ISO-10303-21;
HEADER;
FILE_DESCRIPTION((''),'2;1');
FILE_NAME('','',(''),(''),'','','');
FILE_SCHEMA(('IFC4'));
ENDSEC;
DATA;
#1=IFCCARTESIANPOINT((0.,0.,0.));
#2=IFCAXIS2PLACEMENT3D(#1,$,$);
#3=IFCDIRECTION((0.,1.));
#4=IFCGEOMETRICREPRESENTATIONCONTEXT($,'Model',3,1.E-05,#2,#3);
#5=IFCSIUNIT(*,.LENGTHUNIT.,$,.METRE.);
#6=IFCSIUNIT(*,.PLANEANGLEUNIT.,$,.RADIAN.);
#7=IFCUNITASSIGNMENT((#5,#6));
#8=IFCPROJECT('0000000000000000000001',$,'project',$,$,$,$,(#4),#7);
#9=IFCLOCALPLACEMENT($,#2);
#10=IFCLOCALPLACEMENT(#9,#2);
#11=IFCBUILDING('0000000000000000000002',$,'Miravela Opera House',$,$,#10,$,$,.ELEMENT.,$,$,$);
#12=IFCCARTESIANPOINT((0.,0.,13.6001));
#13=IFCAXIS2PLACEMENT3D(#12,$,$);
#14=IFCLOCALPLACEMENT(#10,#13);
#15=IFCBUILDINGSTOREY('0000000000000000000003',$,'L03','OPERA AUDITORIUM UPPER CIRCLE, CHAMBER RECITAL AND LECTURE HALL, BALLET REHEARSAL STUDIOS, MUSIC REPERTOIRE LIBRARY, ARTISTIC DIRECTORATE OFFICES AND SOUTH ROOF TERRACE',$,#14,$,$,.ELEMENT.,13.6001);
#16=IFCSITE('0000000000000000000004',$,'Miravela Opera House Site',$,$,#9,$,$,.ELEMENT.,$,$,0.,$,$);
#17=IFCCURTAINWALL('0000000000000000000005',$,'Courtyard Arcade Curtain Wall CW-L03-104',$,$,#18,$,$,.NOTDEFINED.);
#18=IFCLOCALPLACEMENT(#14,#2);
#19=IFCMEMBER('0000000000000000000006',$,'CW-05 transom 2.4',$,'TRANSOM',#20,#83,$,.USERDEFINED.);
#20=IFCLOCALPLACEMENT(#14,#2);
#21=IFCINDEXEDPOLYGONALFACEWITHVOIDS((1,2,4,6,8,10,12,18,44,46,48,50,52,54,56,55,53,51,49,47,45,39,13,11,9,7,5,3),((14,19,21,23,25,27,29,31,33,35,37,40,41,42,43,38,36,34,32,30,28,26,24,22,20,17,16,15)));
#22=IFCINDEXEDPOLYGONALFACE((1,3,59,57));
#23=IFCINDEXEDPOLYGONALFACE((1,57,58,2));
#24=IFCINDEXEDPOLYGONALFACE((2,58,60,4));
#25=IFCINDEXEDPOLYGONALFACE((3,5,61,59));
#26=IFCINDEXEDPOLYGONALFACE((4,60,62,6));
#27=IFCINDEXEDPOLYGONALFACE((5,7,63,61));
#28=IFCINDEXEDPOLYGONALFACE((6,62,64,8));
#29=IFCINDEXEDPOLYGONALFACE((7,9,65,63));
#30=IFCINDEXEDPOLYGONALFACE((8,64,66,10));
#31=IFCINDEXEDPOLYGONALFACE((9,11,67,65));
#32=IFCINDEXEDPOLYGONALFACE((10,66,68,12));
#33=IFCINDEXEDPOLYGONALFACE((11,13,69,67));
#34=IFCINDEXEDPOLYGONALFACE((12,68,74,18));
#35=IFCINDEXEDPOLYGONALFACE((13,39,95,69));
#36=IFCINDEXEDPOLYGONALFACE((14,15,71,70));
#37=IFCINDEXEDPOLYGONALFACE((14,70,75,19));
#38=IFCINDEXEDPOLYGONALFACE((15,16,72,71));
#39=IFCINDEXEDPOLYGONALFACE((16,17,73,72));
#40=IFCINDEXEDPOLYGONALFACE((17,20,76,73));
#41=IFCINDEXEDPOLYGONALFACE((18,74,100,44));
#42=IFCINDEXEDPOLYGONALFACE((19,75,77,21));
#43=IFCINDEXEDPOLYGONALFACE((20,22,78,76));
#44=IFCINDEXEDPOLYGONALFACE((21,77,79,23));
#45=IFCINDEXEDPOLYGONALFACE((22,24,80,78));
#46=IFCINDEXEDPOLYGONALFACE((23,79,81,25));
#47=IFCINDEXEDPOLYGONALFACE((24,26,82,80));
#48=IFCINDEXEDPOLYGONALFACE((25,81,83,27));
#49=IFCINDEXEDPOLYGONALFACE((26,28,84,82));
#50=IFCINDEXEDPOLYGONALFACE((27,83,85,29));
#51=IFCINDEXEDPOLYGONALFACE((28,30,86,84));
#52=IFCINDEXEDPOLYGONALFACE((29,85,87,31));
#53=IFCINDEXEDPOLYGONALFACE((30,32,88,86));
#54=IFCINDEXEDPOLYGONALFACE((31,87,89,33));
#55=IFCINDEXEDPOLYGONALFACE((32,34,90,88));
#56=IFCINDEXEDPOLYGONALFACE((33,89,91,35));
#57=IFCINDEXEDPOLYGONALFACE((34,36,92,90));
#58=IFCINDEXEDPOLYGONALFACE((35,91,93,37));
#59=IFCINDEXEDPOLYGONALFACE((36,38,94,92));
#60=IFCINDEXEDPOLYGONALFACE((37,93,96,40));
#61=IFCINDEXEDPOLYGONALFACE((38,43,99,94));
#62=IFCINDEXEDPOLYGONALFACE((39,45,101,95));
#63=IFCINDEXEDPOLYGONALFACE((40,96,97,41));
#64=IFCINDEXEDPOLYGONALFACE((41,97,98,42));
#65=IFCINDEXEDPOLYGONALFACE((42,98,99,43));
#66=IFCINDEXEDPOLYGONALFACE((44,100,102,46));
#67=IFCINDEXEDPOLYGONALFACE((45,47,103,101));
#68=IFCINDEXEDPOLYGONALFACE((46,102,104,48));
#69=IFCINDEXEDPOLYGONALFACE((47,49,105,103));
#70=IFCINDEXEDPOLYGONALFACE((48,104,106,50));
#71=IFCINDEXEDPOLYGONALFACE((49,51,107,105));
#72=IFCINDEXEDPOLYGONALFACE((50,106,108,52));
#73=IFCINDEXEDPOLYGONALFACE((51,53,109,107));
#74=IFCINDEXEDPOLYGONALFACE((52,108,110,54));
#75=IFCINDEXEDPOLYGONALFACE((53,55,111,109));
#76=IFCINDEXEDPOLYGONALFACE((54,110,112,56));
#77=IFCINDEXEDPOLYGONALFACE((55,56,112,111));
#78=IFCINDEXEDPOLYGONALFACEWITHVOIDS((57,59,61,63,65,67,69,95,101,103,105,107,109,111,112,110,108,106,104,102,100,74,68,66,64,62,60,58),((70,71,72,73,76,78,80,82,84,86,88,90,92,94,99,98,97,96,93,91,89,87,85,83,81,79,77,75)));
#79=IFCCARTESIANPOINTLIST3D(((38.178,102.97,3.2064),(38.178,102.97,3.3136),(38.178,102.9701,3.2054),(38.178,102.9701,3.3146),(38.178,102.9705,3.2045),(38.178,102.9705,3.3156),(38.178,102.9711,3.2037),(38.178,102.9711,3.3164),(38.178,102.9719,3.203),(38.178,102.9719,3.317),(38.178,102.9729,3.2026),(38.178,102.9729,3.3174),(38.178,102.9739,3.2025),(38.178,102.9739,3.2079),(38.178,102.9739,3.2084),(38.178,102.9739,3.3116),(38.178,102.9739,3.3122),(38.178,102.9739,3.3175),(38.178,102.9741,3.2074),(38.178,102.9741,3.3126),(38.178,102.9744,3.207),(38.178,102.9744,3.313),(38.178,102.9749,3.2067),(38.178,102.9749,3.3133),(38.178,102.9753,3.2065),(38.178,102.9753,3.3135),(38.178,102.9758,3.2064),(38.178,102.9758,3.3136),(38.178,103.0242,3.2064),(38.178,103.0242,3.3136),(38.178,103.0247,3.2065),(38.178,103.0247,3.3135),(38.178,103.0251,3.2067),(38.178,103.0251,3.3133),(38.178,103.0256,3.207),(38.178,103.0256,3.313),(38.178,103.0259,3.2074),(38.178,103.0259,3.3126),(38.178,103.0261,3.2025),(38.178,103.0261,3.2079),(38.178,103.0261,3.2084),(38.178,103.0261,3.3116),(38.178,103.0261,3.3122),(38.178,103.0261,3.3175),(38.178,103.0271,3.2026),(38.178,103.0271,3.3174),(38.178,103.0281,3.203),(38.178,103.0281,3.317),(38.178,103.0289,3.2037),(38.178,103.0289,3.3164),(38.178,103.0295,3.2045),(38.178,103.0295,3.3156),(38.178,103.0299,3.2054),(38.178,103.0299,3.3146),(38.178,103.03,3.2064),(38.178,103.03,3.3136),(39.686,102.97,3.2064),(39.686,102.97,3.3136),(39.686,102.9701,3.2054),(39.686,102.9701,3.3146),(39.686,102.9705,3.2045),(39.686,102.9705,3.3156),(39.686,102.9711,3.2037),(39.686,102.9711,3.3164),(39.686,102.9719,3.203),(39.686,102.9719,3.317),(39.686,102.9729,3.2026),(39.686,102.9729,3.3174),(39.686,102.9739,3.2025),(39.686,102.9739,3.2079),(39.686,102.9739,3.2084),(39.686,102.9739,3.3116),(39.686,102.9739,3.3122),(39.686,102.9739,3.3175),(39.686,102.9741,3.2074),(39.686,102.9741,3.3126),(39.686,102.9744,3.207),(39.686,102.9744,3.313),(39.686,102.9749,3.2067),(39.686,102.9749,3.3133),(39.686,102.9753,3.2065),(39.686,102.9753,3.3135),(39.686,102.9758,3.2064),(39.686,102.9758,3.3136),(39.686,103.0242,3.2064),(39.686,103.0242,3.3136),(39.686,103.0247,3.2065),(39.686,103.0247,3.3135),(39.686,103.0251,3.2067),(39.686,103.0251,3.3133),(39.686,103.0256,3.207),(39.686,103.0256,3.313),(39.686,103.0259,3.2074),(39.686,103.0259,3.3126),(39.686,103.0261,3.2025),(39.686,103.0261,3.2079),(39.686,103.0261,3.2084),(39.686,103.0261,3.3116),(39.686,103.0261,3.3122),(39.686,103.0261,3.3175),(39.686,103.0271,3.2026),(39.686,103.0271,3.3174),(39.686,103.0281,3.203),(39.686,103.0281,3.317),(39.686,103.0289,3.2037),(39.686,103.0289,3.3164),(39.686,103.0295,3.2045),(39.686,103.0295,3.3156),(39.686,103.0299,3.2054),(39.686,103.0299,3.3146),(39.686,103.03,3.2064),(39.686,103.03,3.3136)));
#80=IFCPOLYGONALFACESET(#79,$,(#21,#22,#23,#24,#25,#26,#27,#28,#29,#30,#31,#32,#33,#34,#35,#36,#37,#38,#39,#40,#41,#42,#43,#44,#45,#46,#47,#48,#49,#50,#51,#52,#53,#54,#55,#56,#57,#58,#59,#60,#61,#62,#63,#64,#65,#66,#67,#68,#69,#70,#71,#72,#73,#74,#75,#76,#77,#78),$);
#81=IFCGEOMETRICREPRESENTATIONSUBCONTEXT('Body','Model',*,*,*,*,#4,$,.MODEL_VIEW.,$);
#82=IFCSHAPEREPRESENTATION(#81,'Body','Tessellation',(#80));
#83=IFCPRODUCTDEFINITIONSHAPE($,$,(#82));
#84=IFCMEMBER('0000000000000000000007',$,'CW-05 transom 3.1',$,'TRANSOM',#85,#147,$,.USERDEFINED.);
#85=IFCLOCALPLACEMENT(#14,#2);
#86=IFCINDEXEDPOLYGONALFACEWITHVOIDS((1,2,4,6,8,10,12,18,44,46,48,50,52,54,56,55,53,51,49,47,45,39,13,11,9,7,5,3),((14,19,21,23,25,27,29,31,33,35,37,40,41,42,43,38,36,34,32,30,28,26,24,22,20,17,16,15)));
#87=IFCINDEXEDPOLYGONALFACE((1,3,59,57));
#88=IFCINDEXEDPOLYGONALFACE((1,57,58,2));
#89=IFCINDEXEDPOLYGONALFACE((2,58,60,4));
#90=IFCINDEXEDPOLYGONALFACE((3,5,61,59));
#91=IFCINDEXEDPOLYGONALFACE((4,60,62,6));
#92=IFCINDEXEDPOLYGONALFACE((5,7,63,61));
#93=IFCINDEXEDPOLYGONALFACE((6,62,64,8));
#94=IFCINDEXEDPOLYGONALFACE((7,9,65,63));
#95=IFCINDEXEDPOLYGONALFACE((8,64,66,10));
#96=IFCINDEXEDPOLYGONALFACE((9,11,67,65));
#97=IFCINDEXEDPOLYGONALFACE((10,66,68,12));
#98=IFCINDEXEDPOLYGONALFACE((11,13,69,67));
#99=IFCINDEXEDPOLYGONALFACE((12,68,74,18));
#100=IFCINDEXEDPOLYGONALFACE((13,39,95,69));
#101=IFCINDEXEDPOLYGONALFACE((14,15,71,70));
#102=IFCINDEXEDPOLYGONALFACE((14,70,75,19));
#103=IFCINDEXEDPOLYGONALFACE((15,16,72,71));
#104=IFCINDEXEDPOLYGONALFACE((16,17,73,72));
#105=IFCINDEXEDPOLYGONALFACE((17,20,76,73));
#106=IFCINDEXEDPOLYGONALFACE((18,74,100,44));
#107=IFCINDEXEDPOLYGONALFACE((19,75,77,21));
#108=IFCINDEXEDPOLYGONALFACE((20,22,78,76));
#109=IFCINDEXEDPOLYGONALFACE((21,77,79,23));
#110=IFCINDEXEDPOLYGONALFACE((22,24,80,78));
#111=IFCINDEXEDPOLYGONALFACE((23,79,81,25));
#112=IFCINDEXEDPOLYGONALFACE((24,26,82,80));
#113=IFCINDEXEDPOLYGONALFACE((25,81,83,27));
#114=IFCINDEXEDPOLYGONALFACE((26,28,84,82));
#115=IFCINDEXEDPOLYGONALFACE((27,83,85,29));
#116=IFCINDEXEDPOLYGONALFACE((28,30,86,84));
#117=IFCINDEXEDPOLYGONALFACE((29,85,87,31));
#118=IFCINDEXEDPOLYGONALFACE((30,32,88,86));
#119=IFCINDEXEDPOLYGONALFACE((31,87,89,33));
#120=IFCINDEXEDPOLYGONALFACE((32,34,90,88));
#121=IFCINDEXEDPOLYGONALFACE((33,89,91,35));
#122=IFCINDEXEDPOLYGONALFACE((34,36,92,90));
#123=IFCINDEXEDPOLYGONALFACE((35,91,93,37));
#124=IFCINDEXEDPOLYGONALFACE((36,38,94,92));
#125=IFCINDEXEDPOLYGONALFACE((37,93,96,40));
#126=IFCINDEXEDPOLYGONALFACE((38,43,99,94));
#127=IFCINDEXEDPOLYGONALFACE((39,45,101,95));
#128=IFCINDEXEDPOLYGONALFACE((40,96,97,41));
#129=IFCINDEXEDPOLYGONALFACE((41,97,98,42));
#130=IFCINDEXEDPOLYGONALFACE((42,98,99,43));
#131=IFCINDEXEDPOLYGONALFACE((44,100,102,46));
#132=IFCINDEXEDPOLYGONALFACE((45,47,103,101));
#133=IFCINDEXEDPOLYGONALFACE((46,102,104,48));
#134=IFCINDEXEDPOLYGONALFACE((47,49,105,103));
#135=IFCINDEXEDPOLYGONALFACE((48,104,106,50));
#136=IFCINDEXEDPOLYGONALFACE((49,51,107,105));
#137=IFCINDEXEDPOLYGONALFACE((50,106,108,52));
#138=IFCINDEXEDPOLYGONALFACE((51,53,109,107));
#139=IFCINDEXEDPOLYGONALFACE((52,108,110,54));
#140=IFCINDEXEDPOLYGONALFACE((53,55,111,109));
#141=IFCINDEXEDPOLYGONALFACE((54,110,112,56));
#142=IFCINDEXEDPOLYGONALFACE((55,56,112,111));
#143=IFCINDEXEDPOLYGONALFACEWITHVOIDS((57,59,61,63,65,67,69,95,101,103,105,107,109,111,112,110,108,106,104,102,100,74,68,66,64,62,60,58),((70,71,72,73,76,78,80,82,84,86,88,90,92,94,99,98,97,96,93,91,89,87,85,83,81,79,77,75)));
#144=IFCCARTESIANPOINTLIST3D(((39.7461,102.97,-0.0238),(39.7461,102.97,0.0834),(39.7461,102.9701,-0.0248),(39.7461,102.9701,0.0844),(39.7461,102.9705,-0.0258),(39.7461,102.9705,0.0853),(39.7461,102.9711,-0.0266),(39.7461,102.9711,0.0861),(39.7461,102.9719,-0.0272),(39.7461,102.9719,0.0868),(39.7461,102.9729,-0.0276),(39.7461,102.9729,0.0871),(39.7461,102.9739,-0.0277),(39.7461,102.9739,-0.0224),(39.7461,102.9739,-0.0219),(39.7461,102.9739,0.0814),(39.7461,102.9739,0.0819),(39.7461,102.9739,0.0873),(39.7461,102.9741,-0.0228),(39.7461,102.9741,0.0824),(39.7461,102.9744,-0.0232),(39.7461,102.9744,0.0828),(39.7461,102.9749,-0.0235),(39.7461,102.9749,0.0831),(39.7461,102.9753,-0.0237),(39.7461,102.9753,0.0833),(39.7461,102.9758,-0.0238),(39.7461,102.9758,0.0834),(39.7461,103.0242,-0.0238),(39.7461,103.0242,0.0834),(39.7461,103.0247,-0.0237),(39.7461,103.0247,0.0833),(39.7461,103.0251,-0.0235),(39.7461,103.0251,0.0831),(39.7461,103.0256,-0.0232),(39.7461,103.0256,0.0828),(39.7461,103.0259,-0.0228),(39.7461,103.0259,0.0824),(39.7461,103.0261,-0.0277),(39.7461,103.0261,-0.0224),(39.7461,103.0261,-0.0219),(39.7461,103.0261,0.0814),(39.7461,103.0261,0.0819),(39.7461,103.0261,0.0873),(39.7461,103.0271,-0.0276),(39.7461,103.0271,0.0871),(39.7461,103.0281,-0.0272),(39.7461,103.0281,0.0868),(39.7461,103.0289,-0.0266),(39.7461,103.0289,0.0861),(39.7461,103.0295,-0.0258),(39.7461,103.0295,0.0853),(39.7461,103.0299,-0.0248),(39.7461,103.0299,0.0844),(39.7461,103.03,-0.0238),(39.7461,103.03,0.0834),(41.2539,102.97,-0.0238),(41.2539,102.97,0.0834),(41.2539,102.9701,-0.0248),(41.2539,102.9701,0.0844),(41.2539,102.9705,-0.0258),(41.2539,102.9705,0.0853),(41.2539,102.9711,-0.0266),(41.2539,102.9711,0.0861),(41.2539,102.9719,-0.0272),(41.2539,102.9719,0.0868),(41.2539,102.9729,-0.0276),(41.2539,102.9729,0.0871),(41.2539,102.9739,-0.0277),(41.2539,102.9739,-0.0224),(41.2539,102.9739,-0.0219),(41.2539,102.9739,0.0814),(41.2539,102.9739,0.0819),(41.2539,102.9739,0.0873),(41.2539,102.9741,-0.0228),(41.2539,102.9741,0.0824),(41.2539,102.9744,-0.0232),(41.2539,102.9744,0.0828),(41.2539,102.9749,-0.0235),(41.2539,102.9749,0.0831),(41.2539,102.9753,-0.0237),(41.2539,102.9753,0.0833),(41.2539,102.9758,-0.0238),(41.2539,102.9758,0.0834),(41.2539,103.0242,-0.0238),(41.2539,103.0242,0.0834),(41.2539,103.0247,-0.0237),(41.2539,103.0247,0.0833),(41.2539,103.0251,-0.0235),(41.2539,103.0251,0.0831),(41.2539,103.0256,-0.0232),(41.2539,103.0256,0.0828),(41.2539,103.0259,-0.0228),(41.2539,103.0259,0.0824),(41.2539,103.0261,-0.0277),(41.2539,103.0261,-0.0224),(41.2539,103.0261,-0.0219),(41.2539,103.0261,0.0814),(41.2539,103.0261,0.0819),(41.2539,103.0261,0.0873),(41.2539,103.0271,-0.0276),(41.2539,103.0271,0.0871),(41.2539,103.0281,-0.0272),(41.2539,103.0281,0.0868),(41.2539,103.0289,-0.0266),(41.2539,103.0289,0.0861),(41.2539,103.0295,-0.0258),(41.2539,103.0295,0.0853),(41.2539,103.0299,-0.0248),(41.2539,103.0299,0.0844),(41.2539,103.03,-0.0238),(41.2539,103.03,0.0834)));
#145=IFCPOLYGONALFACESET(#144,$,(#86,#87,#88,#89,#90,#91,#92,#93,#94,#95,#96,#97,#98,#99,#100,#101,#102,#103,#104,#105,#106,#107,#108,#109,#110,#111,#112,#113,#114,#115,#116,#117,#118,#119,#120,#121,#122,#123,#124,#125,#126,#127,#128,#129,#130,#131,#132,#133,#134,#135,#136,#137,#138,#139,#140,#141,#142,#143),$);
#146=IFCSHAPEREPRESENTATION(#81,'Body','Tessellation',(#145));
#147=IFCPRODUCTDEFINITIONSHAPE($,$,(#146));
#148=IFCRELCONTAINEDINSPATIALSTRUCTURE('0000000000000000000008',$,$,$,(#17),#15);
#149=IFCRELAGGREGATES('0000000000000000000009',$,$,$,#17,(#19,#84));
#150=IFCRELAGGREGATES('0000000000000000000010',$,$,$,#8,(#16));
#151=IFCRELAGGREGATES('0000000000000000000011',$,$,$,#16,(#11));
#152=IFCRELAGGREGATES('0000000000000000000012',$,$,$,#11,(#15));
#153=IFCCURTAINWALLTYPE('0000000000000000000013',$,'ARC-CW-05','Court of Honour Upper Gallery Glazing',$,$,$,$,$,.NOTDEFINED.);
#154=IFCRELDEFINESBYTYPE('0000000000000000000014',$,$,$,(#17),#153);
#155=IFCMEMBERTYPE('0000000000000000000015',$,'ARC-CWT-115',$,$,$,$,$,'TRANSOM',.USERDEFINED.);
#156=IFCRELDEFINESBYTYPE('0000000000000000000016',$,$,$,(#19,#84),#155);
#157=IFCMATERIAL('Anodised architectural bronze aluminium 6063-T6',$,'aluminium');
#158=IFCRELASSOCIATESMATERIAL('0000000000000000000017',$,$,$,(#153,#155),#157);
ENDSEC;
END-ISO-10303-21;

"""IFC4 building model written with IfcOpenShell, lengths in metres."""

from ifc_helpers import new_model, si_unit, direction, frame, origin, origin_2d, place, context, subcontext, project, spatial, hollow_rectangle, extrude, material, material_profile, profile_set, type_object, element, aggregate, save


model = new_model("IFC4")

# Units and contexts
model_context = context("Model", 3, precision=1e-05, world=origin(), true_north=direction((0.0, 1.0)))
body_context = subcontext(model_context, "Body", "Model", "MODEL_VIEW")
ifc_project = project(units=[si_unit("LENGTHUNIT", "METRE"), si_unit("PLANEANGLEUNIT", "RADIAN")], contexts=[model_context])

# Site, building, storey
site_placement = place(None, origin())
site = spatial("IfcSite", under=ifc_project, at=site_placement, Name="Miravela Opera House Site", CompositionType="ELEMENT", RefElevation=0.0)
building_placement = place(site_placement, origin())
building = spatial("IfcBuilding", under=site, at=building_placement, Name="Miravela Opera House", CompositionType="ELEMENT")
storey_placement = place(building_placement, frame((0.0, 0.0, 13.6001)))
storey = spatial("IfcBuildingStorey", under=building, at=storey_placement, Name="L03", Description="OPERA AUDITORIUM UPPER CIRCLE, CHAMBER RECITAL AND LECTURE HALL, BALLET REHEARSAL STUDIOS, MUSIC REPERTOIRE LIBRARY, ARTISTIC DIRECTORATE OFFICES AND SOUTH ROOF TERRACE", CompositionType="ELEMENT", Elevation=13.6001)

# Curtain wall, members
ifc_material_1 = material(Name="Anodised architectural bronze aluminium 6063-T6", Category="aluminium")
curtain_wall_type = type_object("IfcCurtainWallType", Name="ARC-CW-05", Description="Court of Honour Upper Gallery Glazing", PredefinedType="NOTDEFINED", material=ifc_material_1)
curtain_wall_placement = place(storey_placement, origin())
curtain_wall = element("IfcCurtainWall", 1, at=curtain_wall_placement, inside=storey, type_object=curtain_wall_type, Name="Courtyard Arcade Curtain Wall CW-L03-104", PredefinedType="NOTDEFINED")
ifc_material_profile_1 = material_profile(ifc_material_1, hollow_rectangle(XDim=0.0601, YDim=0.115, WallThickness=0.0039, InnerFilletRadius=0.002, OuterFilletRadius=0.0039, at=origin_2d()), Name="CWT-60X115")
ifc_profile_set_1 = profile_set([ifc_material_profile_1])
member_type_1 = type_object("IfcMemberType", Name="ARC-CWT-115", ElementType="TRANSOM", PredefinedType="USERDEFINED", material=ifc_profile_set_1)
member_1_placement = place(storey_placement, frame((38.178, 103.0, 3.26), z_axis=(1.0, 0.0, 0.0), x_axis=(0.0, 1.0, 0.0)))
member_1 = element("IfcMember", 2, at=member_1_placement, type_object=member_type_1, Name="CW-05 transom 2.4", ObjectType="TRANSOM", PredefinedType="USERDEFINED", context=body_context, shape_type="SweptSolid", body=[
    extrude(hollow_rectangle(XDim=0.0601, YDim=0.115, WallThickness=0.0039, InnerFilletRadius=0.002, OuterFilletRadius=0.0039, at=origin_2d()), origin(), (0.0, 0.0, 1.0), 1.5081),
])
member_2_placement = place(storey_placement, frame((39.7461, 103.0, 0.0298), z_axis=(1.0, 0.0, 0.0), x_axis=(0.0, 1.0, 0.0)))
member_2 = element("IfcMember", 3, at=member_2_placement, type_object=member_type_1, Name="CW-05 transom 3.1", ObjectType="TRANSOM", PredefinedType="USERDEFINED", context=body_context, shape_type="SweptSolid", body=[
    extrude(hollow_rectangle(XDim=0.0601, YDim=0.115, WallThickness=0.0039, InnerFilletRadius=0.002, OuterFilletRadius=0.0039, at=origin_2d()), origin(), (0.0, 0.0, 1.0), 1.5078),
])
aggregate(curtain_wall, [member_1, member_2])

save(model, "model.ifc")
